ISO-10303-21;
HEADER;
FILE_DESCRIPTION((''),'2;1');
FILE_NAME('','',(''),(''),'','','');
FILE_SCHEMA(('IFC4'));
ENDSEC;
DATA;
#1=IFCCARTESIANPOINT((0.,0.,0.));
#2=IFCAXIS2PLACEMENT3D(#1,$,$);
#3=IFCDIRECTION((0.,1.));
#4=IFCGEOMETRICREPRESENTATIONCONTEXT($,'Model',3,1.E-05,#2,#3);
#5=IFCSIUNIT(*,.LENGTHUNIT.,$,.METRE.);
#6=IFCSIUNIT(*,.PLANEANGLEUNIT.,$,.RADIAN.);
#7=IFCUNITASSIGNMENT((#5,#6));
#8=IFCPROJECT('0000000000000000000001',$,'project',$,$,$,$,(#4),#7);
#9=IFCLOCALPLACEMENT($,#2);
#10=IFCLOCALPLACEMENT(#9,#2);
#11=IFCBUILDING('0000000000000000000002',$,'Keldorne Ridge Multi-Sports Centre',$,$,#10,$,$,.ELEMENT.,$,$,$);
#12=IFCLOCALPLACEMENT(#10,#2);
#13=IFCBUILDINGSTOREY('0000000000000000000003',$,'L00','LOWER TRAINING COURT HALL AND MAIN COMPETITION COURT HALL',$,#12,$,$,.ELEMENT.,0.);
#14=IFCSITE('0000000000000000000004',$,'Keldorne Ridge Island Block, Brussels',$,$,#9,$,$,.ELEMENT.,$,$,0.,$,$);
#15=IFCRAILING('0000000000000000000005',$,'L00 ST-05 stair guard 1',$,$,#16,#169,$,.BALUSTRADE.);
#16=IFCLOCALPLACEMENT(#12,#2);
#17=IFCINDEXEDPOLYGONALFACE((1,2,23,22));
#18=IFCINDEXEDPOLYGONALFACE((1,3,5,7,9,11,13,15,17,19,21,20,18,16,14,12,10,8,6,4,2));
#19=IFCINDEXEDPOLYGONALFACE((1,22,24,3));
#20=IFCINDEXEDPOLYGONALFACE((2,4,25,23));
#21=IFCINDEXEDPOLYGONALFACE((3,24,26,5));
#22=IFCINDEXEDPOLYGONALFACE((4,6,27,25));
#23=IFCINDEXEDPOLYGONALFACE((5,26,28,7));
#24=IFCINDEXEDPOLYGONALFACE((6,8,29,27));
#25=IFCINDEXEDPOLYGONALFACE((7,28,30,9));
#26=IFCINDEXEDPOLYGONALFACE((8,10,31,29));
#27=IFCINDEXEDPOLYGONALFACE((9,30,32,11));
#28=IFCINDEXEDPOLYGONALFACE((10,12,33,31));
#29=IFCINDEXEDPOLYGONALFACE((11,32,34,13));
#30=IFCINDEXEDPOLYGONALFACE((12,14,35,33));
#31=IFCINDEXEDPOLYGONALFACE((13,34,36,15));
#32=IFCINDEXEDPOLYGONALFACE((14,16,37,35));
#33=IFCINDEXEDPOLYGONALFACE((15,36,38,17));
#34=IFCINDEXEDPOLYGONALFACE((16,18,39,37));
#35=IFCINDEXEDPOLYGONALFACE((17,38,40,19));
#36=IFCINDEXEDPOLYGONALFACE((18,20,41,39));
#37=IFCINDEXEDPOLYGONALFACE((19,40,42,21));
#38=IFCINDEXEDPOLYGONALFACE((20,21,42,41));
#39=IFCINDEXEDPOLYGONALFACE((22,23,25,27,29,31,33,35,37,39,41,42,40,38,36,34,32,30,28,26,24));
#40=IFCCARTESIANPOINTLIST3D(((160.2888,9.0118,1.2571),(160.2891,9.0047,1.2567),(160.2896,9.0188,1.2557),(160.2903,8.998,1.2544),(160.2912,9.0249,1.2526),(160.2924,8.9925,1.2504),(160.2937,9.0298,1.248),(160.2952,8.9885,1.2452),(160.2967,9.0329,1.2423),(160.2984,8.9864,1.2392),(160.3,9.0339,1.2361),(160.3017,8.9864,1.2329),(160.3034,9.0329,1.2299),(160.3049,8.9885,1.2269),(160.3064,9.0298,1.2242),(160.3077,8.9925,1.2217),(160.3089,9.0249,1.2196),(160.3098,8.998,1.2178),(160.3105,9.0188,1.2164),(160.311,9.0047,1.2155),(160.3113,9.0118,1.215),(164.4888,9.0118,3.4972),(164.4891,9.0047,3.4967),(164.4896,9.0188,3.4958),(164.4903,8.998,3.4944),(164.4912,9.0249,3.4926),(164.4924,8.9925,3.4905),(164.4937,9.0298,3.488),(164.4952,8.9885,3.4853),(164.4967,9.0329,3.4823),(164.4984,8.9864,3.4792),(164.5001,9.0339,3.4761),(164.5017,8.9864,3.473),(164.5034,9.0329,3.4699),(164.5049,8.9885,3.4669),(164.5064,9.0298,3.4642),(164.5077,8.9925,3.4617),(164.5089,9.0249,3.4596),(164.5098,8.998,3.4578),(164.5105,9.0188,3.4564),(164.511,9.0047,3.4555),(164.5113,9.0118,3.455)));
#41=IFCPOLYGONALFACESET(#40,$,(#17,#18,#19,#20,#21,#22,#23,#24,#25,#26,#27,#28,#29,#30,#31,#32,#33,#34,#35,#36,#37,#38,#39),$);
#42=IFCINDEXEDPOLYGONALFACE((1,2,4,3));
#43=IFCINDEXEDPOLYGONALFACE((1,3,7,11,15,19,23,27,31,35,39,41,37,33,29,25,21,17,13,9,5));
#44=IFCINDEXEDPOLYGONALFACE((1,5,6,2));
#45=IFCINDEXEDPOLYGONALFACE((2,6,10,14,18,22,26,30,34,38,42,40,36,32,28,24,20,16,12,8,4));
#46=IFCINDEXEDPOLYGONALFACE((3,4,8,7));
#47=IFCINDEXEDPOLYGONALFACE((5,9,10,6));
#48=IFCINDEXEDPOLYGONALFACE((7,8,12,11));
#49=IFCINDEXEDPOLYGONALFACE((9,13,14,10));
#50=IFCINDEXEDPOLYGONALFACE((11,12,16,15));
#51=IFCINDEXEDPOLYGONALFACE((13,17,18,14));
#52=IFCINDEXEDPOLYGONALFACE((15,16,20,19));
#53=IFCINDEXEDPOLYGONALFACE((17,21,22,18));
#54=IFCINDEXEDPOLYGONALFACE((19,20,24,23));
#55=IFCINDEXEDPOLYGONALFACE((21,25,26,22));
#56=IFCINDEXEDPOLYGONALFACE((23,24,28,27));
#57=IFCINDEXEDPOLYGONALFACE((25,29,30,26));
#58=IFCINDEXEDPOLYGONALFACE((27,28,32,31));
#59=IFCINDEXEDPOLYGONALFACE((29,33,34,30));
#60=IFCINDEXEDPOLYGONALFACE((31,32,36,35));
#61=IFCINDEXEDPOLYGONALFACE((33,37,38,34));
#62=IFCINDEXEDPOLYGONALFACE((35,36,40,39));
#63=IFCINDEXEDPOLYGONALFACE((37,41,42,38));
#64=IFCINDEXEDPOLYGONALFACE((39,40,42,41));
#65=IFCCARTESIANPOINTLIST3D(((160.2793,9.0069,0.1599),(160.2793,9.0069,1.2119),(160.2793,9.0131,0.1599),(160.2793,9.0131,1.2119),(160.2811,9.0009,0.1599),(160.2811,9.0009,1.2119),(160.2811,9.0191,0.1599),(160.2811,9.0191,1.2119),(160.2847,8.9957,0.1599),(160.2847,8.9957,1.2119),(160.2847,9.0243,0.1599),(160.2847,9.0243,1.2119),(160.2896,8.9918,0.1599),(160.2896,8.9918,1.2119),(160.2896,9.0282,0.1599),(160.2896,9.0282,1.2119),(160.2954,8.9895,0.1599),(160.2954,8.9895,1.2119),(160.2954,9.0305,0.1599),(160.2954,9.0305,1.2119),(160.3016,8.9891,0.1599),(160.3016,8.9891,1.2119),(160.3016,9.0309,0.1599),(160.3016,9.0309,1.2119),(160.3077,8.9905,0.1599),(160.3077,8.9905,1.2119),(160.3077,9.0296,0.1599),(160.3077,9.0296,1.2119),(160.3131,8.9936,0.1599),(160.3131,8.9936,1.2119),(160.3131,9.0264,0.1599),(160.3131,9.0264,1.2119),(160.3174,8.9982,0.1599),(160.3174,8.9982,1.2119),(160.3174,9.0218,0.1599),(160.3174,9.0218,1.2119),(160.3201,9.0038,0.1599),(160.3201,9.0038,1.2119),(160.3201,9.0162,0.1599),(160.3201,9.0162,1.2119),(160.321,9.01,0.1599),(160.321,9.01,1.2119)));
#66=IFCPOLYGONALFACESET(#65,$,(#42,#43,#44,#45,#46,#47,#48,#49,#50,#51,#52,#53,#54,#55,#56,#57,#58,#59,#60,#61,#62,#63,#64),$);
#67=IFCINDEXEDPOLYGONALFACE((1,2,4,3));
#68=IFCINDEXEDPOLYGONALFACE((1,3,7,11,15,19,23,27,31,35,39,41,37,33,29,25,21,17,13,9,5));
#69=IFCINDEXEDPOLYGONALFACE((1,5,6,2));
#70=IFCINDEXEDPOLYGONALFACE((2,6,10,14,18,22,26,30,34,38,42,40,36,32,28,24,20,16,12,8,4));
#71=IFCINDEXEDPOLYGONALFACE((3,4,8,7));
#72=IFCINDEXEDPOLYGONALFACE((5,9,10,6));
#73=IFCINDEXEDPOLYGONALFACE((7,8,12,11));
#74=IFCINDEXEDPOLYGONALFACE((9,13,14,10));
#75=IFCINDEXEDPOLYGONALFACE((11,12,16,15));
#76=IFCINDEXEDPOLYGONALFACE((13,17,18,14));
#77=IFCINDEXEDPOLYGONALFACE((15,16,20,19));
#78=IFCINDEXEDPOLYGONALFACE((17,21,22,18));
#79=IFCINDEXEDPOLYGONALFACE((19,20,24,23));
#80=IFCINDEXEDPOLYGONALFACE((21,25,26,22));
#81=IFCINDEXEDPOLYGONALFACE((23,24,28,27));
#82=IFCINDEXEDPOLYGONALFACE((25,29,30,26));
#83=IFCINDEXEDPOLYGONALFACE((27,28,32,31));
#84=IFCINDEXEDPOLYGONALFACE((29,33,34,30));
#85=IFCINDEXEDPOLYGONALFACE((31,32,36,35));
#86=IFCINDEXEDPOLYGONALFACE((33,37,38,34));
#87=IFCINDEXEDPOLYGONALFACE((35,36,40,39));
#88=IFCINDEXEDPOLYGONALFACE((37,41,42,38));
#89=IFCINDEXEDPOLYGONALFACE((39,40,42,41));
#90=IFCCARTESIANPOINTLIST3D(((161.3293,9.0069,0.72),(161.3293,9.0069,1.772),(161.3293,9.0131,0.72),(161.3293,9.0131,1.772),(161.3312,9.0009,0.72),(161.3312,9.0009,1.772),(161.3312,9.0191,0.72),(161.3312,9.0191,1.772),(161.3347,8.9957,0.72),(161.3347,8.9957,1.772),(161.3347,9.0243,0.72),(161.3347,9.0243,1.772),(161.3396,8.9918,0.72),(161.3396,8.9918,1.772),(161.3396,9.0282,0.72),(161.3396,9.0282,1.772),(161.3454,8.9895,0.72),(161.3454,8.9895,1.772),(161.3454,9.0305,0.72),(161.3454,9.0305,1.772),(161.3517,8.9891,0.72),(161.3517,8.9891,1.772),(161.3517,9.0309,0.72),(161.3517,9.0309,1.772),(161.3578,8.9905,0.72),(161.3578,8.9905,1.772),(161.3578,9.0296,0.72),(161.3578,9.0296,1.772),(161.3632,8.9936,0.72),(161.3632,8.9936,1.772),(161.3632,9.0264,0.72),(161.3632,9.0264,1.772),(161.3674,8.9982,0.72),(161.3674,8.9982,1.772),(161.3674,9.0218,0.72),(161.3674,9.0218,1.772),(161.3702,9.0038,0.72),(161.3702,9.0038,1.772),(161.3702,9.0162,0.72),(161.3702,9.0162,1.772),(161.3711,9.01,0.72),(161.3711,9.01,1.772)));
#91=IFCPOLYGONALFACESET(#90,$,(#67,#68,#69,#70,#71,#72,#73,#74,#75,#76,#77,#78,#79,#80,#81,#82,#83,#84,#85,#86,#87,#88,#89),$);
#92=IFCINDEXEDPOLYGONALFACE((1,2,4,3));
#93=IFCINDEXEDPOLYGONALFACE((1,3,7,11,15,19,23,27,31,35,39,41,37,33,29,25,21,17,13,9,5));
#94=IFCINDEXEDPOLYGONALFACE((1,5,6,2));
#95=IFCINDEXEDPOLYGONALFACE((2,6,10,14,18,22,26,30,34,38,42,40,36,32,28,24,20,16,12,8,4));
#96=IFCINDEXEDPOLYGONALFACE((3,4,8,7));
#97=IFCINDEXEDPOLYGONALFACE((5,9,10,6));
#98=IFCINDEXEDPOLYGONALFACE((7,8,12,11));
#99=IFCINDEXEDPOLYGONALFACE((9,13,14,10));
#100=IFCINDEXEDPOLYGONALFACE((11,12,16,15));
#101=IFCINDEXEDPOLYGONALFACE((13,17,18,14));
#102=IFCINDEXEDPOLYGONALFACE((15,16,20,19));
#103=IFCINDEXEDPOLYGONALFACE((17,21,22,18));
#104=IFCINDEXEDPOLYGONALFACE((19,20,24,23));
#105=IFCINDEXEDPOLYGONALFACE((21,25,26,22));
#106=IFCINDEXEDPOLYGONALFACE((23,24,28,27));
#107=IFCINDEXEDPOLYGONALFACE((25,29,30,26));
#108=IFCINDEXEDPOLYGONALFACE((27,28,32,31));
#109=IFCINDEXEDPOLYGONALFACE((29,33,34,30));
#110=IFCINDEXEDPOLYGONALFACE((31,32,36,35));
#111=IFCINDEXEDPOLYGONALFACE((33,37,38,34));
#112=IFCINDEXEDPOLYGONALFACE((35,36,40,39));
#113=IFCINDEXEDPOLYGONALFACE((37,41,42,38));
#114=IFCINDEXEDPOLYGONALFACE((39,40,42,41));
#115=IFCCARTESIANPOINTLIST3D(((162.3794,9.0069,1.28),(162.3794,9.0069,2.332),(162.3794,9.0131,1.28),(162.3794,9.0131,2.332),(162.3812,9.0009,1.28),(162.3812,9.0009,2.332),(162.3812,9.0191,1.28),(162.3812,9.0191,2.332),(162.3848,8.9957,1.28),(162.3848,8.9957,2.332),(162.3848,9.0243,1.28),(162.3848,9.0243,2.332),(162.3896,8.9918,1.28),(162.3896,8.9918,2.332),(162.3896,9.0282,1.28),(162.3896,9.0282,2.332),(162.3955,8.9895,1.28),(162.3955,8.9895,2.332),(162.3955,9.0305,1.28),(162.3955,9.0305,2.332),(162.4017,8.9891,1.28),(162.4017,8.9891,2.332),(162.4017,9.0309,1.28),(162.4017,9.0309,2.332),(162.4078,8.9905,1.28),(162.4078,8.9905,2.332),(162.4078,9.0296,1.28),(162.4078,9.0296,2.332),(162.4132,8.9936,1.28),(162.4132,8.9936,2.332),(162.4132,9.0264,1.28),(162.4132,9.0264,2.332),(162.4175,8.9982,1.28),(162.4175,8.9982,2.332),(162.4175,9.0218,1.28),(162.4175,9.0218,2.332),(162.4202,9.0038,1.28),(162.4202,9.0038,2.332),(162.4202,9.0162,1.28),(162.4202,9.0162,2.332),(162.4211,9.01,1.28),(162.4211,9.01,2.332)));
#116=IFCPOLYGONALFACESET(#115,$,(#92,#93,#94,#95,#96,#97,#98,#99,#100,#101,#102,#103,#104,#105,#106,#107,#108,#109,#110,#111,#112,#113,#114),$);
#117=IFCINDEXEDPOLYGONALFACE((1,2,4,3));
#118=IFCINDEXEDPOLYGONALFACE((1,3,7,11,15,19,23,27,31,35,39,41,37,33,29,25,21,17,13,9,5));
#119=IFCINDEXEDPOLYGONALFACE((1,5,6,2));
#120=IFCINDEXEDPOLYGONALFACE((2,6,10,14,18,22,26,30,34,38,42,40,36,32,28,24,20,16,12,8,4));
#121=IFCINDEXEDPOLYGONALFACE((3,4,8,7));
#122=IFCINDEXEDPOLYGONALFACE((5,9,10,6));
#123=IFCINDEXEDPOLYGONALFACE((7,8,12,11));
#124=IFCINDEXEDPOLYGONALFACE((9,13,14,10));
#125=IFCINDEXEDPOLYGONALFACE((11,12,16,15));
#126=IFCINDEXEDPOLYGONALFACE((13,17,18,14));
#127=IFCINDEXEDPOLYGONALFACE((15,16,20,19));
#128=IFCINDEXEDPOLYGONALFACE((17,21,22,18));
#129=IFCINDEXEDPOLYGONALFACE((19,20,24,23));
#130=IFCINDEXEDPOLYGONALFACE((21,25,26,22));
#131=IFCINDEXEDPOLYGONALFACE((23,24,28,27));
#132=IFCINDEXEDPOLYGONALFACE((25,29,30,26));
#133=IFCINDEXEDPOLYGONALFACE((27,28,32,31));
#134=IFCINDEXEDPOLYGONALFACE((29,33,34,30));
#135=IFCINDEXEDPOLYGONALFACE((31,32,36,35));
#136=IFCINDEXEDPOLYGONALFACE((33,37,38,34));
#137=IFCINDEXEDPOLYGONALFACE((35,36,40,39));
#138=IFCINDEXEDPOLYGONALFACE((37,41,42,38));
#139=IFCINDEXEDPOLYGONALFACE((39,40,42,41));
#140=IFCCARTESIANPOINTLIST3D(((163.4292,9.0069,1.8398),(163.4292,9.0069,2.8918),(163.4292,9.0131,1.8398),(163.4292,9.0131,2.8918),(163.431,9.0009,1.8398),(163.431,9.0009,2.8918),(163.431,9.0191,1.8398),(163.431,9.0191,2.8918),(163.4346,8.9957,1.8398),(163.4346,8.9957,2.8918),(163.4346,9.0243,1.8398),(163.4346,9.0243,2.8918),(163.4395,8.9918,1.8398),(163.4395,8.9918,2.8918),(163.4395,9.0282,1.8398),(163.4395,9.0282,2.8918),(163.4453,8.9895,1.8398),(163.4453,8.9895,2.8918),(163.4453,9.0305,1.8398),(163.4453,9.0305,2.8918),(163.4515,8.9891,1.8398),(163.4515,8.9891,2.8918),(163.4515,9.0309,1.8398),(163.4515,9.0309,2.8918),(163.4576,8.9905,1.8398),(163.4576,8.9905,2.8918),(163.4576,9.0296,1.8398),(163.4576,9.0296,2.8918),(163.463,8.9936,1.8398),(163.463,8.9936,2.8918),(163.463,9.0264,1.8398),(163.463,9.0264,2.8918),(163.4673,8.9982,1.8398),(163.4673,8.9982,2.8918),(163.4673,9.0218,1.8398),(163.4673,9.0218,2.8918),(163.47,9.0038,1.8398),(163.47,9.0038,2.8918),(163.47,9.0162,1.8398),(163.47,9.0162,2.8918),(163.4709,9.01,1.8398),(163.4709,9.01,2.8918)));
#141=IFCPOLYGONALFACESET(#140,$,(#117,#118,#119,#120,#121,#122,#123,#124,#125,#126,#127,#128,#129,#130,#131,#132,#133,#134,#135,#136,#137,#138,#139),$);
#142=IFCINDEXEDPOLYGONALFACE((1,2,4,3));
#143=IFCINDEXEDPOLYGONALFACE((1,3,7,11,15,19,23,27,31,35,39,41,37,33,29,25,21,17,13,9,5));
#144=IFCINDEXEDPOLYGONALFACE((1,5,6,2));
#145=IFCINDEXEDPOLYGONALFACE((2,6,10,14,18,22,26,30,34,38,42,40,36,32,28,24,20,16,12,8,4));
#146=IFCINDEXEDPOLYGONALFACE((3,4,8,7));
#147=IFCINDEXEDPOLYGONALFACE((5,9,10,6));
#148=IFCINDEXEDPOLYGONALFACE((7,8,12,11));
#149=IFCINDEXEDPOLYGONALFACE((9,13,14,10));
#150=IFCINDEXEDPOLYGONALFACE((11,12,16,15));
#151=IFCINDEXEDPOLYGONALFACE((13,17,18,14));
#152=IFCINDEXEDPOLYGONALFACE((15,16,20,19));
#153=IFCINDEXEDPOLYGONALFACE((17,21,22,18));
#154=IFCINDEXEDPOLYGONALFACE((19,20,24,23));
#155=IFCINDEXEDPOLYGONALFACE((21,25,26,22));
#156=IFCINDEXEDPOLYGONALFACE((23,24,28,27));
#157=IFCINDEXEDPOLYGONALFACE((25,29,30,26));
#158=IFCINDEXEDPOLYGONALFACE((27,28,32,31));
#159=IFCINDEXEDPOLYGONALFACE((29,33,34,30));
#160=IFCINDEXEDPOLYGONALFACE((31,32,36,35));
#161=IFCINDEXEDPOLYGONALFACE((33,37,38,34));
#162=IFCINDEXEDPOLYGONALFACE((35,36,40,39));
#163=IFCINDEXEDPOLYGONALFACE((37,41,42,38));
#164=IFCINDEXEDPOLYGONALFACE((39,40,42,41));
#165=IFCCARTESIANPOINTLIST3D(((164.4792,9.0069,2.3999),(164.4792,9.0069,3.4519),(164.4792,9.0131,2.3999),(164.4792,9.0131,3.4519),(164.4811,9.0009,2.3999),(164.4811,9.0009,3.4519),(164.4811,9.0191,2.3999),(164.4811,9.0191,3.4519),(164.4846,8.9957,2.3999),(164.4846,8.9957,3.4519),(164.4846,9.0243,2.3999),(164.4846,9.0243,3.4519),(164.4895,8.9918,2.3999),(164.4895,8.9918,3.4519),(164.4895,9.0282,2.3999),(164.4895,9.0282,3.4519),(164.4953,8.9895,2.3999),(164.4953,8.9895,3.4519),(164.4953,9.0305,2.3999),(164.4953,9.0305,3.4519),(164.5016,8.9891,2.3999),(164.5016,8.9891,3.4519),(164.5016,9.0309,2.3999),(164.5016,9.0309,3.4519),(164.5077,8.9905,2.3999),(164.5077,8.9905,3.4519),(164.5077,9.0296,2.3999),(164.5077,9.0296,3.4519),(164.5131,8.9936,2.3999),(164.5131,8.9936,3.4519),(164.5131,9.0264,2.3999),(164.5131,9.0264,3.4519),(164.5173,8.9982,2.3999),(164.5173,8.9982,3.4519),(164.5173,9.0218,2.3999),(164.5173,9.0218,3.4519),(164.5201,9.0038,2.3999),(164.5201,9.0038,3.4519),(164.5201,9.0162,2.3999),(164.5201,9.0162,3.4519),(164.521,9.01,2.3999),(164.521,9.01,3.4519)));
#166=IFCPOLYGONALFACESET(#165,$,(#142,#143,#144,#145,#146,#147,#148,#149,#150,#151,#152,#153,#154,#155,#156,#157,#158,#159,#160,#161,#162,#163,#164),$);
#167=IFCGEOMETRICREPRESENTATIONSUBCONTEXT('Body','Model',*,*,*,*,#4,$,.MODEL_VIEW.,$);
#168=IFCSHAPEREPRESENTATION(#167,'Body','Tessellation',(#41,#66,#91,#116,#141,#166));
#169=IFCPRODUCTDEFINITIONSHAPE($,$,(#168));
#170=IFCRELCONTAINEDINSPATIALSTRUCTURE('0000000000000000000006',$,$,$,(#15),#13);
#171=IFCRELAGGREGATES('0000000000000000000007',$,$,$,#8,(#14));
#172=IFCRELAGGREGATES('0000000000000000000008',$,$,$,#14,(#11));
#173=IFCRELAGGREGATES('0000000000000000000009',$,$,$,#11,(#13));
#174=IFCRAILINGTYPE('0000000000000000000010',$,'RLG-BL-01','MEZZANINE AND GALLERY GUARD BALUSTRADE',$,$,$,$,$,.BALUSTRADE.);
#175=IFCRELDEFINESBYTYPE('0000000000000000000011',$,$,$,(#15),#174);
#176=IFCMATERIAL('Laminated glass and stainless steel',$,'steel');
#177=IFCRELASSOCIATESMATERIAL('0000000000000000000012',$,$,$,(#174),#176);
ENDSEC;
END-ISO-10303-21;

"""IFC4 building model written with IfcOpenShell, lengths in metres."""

from ifc_helpers import new_model, si_unit, direction, frame, origin, origin_2d, place, context, subcontext, project, spatial, circle, extrude, material, type_object, element, save


model = new_model("IFC4")

# Units and contexts
model_context = context("Model", 3, precision=1e-05, world=origin(), true_north=direction((0.0, 1.0)))
body_context = subcontext(model_context, "Body", "Model", "MODEL_VIEW")
ifc_project = project(units=[si_unit("LENGTHUNIT", "METRE"), si_unit("PLANEANGLEUNIT", "RADIAN")], contexts=[model_context])

# Site, building, storey
site_placement = place(None, origin())
site = spatial("IfcSite", under=ifc_project, at=site_placement, Name="Keldorne Ridge Island Block, Brussels", CompositionType="ELEMENT", RefElevation=0.0)
building_placement = place(site_placement, origin())
building = spatial("IfcBuilding", under=site, at=building_placement, Name="Keldorne Ridge Multi-Sports Centre", CompositionType="ELEMENT")
storey_placement = place(building_placement, origin())
storey = spatial("IfcBuildingStorey", under=building, at=storey_placement, Name="L00", Description="LOWER TRAINING COURT HALL AND MAIN COMPETITION COURT HALL", CompositionType="ELEMENT", Elevation=0.0)

# Railing
ifc_material_1 = material(Name="Laminated glass and stainless steel", Category="steel")
railing_type_1 = type_object("IfcRailingType", Name="RLG-BL-01", Description="MEZZANINE AND GALLERY GUARD BALUSTRADE", PredefinedType="BALUSTRADE", material=ifc_material_1)
railing_1_placement = place(storey_placement, frame((160.3, 9.01, 0.1599)))
element("IfcRailing", 1, at=railing_1_placement, inside=storey, type_object=railing_type_1, Name="L00 ST-05 stair guard 1", PredefinedType="BALUSTRADE", context=body_context, shape_type="SweptSolid", body=[
    extrude(circle(Radius=0.0239, at=origin_2d()), frame((0.0, 0.0, 1.0762), z_axis=(0.882352, 0.0, 0.470591), x_axis=(0.0, 1.0, 0.0)), (0.0, 0.0, 1.0), 4.76),
    extrude(circle(Radius=0.021, at=origin_2d()), origin(), (0.0, 0.0, 1.0), 1.052),
    extrude(circle(Radius=0.021, at=origin_2d()), frame((1.05, 0.0, 0.5601)), (0.0, 0.0, 1.0), 1.052),
    extrude(circle(Radius=0.021, at=origin_2d()), frame((2.1001, 0.0, 1.1201)), (0.0, 0.0, 1.0), 1.052),
    extrude(circle(Radius=0.021, at=origin_2d()), frame((3.1499, 0.0, 1.6799)), (0.0, 0.0, 1.0), 1.052),
    extrude(circle(Radius=0.021, at=origin_2d()), frame((4.2, 0.0, 2.24)), (0.0, 0.0, 1.0), 1.052),
])

save(model, "model.ifc")
